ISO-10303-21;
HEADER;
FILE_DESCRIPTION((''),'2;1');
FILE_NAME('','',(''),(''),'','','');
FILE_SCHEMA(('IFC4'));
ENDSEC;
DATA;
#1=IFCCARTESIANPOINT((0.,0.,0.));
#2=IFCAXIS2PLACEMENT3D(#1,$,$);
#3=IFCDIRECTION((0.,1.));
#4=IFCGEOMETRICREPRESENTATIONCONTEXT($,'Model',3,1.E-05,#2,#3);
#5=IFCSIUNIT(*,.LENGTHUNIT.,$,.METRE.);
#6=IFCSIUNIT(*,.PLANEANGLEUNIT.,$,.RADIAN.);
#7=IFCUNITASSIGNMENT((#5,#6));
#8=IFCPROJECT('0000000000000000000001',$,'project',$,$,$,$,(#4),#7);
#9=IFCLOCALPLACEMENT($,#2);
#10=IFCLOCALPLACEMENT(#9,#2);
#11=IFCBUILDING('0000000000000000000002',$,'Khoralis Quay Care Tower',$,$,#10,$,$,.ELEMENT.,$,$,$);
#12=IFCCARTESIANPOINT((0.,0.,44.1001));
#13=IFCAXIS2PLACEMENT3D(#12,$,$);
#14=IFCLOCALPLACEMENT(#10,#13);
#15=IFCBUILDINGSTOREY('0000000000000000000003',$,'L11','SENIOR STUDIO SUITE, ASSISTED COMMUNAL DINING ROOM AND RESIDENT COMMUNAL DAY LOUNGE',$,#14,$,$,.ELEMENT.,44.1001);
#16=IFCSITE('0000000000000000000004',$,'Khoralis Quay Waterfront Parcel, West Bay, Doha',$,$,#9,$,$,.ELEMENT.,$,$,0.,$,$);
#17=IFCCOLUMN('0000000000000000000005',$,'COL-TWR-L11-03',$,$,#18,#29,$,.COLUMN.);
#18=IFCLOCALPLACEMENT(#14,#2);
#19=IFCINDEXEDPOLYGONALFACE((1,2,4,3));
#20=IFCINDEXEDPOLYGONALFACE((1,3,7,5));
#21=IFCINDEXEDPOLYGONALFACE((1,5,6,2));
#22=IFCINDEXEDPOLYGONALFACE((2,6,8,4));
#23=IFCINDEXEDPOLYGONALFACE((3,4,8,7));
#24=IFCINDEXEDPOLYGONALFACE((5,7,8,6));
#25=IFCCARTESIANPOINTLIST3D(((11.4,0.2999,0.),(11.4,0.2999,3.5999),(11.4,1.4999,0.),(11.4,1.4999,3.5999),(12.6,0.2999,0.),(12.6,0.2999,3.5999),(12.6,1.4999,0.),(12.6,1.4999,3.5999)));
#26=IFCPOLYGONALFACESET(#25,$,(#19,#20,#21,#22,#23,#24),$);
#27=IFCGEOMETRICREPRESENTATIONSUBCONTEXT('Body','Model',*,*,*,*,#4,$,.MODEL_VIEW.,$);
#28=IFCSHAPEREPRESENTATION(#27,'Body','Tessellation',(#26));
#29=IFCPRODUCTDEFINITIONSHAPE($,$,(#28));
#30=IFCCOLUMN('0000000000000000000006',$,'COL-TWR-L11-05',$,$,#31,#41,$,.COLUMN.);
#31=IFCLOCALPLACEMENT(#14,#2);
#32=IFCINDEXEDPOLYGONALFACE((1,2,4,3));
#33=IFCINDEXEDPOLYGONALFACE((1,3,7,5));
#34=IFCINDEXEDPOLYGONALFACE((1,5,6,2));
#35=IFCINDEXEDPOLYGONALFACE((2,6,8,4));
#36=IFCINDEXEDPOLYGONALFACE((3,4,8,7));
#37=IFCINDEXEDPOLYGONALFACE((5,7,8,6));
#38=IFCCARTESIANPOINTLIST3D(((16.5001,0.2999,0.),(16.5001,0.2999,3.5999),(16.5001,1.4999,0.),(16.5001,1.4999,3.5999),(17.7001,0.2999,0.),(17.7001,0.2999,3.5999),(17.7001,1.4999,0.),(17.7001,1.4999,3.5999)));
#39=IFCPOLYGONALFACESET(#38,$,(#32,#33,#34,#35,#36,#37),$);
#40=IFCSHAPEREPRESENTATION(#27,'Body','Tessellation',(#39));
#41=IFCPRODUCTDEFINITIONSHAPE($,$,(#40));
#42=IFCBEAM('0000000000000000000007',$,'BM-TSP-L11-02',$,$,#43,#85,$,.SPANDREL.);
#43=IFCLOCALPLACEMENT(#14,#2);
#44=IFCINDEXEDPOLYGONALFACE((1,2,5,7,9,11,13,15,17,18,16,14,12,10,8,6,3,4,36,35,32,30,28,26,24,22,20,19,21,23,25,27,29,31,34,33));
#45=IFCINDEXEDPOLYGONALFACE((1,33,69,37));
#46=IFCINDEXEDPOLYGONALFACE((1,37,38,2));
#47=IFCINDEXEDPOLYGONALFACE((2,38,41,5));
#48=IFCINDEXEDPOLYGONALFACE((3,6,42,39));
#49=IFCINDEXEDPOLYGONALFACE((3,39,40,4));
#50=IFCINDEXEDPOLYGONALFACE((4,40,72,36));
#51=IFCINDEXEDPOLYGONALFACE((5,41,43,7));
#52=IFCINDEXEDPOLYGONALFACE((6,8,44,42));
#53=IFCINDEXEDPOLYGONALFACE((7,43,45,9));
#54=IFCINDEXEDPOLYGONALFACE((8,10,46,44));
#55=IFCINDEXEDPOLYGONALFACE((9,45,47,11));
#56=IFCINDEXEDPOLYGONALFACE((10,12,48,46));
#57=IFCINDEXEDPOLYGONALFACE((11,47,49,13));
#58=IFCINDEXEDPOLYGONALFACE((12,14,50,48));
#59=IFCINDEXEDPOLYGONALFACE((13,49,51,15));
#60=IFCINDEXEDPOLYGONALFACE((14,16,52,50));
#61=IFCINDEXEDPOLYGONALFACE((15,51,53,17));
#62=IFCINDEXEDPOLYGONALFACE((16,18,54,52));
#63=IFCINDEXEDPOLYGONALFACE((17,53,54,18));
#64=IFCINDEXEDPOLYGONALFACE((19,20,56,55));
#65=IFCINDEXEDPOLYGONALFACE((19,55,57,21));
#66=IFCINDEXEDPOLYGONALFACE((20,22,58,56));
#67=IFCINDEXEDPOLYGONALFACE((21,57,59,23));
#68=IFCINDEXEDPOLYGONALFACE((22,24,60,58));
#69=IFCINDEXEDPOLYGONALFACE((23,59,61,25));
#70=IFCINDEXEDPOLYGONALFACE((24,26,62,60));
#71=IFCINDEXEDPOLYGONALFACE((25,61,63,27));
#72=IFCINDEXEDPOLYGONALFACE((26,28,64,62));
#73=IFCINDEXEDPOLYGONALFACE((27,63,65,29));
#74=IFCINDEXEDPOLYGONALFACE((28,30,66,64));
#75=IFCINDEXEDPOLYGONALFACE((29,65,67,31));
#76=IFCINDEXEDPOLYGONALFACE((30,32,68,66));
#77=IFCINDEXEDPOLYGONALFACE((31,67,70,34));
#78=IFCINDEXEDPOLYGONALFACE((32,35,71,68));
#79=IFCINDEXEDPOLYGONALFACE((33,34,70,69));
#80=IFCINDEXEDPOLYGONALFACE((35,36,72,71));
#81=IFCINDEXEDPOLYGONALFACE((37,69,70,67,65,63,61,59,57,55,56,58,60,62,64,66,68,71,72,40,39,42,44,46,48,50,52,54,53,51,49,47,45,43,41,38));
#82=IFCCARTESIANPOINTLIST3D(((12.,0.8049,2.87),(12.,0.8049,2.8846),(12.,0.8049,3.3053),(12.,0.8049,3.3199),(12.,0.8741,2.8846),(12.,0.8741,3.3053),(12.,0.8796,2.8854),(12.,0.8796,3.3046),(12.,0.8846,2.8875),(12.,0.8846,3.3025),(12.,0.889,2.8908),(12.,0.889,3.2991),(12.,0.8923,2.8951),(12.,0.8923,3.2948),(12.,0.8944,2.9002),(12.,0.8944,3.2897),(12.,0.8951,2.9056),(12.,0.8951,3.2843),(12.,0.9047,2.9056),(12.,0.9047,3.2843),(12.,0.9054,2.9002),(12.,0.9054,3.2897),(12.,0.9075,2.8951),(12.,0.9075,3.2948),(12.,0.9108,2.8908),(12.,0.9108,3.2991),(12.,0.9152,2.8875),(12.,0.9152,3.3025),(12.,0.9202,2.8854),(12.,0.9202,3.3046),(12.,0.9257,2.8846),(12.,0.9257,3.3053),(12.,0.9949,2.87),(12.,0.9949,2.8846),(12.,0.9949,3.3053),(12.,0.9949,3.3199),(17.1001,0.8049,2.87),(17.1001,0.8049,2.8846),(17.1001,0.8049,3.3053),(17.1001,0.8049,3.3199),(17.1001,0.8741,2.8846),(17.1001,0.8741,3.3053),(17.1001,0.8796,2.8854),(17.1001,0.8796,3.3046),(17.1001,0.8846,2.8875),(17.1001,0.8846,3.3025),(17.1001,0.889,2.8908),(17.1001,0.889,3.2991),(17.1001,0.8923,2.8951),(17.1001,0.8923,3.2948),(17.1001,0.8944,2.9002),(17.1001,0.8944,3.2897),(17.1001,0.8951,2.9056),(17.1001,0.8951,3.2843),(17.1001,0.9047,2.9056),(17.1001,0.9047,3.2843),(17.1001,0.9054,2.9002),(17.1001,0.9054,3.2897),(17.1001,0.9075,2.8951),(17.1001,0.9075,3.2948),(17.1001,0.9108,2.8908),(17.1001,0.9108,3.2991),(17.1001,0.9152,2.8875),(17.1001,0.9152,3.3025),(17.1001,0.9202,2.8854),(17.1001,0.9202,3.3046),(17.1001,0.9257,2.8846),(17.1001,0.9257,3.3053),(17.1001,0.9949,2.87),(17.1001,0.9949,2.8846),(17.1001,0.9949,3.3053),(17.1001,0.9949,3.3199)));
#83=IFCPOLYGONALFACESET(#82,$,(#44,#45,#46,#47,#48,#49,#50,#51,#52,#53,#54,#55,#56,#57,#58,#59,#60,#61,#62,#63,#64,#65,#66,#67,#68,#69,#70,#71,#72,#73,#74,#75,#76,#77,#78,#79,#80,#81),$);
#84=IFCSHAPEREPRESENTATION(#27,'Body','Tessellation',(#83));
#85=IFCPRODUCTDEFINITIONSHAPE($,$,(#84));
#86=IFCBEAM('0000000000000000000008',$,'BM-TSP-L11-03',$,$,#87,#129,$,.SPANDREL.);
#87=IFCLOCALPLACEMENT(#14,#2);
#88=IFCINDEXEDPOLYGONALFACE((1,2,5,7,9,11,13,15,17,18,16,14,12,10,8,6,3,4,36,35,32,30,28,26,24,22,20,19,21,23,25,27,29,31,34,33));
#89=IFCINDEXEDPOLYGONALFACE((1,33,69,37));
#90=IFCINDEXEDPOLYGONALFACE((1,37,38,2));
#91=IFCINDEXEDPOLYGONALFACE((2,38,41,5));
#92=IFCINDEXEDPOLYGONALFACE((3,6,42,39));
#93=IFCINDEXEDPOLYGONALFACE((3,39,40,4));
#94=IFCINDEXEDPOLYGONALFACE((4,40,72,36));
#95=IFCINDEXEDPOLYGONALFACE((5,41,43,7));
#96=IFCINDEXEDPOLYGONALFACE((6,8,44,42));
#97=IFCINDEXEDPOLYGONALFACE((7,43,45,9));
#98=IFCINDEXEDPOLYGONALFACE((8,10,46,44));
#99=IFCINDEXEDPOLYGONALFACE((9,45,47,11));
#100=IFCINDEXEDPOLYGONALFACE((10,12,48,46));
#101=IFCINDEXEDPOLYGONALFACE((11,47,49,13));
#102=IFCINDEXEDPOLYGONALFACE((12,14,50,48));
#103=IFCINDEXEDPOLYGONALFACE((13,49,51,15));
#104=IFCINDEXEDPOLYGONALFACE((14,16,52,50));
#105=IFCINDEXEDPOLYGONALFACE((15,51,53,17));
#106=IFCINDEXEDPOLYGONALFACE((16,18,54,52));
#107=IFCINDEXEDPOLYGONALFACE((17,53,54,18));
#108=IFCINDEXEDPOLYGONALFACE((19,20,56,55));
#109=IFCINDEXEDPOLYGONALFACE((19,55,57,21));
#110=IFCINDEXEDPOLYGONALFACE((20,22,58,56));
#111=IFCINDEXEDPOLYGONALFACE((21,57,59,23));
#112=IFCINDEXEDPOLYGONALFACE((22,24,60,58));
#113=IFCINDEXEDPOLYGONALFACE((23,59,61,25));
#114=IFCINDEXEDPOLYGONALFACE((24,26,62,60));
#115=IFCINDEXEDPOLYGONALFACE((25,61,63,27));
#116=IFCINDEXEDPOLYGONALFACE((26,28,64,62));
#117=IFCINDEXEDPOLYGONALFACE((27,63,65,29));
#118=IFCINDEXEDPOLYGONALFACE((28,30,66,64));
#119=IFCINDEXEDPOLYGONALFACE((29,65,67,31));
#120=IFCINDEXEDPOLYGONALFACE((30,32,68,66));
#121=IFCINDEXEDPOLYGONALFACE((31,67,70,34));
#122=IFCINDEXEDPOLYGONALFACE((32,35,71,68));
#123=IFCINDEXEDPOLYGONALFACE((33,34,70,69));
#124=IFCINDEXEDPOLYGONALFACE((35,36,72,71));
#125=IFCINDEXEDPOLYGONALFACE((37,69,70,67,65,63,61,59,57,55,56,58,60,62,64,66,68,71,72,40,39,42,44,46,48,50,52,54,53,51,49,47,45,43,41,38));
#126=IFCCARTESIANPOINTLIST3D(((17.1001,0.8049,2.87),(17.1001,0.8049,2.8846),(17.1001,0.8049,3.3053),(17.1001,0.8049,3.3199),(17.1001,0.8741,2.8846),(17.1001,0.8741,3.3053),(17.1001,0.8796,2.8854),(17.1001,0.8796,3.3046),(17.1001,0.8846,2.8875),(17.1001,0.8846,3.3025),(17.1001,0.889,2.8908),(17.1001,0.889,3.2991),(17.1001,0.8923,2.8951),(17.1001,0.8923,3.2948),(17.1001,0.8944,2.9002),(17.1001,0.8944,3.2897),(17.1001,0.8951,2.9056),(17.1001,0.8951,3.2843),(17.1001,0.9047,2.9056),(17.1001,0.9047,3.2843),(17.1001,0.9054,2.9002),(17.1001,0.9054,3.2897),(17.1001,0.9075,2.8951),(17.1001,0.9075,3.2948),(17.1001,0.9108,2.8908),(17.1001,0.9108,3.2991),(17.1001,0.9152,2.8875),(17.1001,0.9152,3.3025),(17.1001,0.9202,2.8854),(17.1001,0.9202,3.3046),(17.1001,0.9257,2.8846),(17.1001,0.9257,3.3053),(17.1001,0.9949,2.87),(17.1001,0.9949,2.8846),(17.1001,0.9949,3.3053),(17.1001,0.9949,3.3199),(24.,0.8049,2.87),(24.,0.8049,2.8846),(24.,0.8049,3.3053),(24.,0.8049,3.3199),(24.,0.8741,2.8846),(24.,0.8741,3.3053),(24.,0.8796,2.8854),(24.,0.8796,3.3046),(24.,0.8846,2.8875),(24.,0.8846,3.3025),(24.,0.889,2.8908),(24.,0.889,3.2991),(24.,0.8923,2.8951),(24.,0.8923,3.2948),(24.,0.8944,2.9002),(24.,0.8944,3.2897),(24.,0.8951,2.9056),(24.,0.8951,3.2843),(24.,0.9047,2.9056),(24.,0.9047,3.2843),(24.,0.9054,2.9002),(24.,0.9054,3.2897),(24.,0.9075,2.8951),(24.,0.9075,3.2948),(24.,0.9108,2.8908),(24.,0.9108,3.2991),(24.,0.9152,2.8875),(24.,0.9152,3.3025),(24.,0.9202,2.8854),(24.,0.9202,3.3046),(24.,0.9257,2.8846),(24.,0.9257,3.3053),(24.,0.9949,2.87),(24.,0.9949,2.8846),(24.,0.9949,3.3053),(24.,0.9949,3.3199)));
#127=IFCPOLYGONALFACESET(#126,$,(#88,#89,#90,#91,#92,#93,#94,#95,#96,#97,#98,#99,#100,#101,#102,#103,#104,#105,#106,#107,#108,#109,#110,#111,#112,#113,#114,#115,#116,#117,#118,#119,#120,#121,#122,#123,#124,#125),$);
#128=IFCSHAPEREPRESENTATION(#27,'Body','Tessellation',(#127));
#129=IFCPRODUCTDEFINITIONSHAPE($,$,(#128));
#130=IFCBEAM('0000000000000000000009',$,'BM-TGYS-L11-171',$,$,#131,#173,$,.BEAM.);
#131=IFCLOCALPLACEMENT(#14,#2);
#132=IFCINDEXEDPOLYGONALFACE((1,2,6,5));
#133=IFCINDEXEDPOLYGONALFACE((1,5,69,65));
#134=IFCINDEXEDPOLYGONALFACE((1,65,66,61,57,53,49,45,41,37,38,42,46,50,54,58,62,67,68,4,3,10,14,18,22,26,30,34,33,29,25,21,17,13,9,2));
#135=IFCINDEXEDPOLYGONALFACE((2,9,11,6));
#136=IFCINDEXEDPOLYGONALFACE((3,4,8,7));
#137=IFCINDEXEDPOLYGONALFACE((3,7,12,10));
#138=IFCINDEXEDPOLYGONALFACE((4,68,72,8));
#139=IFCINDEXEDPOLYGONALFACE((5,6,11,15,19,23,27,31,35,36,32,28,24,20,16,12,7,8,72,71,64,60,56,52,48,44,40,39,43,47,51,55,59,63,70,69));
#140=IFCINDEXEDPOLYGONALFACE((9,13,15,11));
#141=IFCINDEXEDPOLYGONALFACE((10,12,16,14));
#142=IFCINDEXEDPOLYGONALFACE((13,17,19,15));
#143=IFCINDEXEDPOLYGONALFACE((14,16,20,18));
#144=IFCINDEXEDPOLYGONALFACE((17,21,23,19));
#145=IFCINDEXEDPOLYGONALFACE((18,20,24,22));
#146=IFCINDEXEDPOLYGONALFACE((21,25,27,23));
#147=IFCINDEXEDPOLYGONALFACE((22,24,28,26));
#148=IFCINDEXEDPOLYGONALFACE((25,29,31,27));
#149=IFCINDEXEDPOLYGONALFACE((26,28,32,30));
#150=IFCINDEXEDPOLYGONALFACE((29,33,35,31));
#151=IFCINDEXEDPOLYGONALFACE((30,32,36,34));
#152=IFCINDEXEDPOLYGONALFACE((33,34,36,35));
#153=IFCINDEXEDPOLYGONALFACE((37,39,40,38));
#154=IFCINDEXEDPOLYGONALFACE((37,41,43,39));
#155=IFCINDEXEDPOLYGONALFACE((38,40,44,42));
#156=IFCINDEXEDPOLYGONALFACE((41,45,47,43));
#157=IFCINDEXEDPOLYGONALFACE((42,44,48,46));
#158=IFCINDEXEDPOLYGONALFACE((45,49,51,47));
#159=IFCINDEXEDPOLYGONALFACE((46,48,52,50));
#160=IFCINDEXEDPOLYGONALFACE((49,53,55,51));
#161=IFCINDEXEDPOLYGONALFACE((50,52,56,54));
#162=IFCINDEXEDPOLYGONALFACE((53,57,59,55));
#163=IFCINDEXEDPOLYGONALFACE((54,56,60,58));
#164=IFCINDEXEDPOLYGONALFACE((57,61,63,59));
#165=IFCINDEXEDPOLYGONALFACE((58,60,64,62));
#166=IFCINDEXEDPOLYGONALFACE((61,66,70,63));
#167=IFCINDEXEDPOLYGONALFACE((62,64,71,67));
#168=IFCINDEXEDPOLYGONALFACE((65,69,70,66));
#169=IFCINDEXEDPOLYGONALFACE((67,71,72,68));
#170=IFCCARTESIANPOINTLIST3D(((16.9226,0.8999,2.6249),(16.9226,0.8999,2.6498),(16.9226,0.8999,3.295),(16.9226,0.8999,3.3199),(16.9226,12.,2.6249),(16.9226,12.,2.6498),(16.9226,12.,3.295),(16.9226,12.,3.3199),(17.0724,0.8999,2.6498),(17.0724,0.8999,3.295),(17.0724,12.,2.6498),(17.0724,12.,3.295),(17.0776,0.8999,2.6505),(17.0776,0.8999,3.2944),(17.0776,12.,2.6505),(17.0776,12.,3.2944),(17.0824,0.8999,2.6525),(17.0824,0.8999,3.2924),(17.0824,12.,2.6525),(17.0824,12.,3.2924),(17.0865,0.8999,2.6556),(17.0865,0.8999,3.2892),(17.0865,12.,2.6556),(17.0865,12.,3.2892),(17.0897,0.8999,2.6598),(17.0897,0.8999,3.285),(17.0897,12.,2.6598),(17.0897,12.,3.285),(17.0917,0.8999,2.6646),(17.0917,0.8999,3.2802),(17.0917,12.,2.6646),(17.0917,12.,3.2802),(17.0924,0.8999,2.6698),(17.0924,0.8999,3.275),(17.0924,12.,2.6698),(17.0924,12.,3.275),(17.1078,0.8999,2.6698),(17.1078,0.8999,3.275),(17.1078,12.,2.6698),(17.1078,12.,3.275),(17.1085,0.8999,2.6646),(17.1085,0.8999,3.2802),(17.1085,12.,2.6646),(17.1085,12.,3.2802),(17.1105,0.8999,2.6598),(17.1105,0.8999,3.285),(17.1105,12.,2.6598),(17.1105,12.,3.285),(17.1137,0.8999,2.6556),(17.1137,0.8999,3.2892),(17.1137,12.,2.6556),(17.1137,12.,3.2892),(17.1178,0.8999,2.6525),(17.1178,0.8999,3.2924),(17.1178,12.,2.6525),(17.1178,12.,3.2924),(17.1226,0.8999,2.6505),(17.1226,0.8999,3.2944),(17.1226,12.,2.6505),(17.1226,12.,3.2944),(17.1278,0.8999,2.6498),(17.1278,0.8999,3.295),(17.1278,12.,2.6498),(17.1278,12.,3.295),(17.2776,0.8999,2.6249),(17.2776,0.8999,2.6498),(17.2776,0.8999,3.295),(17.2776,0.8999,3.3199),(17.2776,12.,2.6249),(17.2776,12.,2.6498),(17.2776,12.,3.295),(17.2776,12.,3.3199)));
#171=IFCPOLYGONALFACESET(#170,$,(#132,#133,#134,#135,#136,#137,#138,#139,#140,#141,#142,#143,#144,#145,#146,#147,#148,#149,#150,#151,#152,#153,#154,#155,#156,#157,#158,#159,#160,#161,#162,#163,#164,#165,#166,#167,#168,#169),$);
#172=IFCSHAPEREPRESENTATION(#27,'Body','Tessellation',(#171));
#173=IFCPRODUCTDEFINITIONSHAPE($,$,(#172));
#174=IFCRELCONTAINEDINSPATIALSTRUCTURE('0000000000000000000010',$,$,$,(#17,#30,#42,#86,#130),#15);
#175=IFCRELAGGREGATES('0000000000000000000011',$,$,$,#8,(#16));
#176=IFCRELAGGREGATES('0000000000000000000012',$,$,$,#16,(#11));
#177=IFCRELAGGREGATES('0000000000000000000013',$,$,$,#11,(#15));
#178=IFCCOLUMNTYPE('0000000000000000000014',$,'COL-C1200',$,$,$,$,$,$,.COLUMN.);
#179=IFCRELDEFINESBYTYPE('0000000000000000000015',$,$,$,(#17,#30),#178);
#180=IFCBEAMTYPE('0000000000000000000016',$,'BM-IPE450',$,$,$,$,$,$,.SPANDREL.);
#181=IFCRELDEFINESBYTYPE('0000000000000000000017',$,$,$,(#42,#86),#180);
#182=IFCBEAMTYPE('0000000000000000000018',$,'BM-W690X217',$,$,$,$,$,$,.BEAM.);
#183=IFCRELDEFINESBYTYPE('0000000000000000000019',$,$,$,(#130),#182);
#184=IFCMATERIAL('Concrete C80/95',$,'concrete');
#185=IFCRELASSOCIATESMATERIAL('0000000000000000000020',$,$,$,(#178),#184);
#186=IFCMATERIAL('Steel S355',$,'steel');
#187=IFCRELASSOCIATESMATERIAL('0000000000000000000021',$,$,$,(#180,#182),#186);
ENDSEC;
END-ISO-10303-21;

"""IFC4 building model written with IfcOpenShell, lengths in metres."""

from ifc_helpers import new_model, si_unit, direction, frame, origin, origin_2d, place, context, subcontext, project, spatial, rectangle, i_section, extrude, source, transform, mapped, material, material_profile, profile_set, type_object, element, save


model = new_model("IFC4")

# Units and contexts
model_context = context("Model", 3, precision=1e-05, world=origin(), true_north=direction((0.0, 1.0)))
body_context = subcontext(model_context, "Body", "Model", "MODEL_VIEW")
ifc_project = project(units=[si_unit("LENGTHUNIT", "METRE"), si_unit("PLANEANGLEUNIT", "RADIAN")], contexts=[model_context])

# Site, building, storey
site_placement = place(None, origin())
site = spatial("IfcSite", under=ifc_project, at=site_placement, Name="Khoralis Quay Waterfront Parcel, West Bay, Doha", CompositionType="ELEMENT", RefElevation=0.0)
building_placement = place(site_placement, origin())
building = spatial("IfcBuilding", under=site, at=building_placement, Name="Khoralis Quay Care Tower", CompositionType="ELEMENT")
storey_placement = place(building_placement, frame((0.0, 0.0, 44.1001)))
storey = spatial("IfcBuildingStorey", under=building, at=storey_placement, Name="L11", Description="SENIOR STUDIO SUITE, ASSISTED COMMUNAL DINING ROOM AND RESIDENT COMMUNAL DAY LOUNGE", CompositionType="ELEMENT", Elevation=44.1001)

# Columns
ifc_material_1 = material(Name="Concrete C80/95", Category="concrete")
ifc_material_profile_1 = material_profile(ifc_material_1, rectangle(XDim=1.2, YDim=1.2, at=origin_2d()), Name="Concrete C80/95")
ifc_profile_set_1 = profile_set([ifc_material_profile_1], Name="Concrete C80/95")
column_type = type_object("IfcColumnType", Name="COL-C1200", PredefinedType="COLUMN", material=ifc_profile_set_1)
shared_shape_1 = source(origin(), body_context, "Body", "SweptSolid", [
    extrude(rectangle(XDim=1.2, YDim=1.2, at=origin_2d()), origin(), (0.0, 0.0, 1.0), 3.5999),
])
for number, where, z_axis, x_axis, name in (
    (1, (12.0, 0.8999, 0.0), (0.0, 0.0, 1.0), (1.0, 0.0, 0.0), "COL-TWR-L11-03"),
    (2, (17.1001, 0.8999, 0.0), (0.0, 0.0, 1.0), (1.0, 0.0, 0.0), "COL-TWR-L11-05"),
):
    element("IfcColumn", number, at=place(storey_placement, frame(where, z_axis=z_axis, x_axis=x_axis)), inside=storey, type_object=column_type, Name=name, PredefinedType="COLUMN", context=body_context, shape_type="MappedRepresentation", body=[
        mapped(shared_shape_1, transform((0.0, 0.0, 0.0), scale=1.0)),
    ])

# Beams
ifc_material_2 = material(Name="Steel S355", Category="steel")
ifc_material_profile_2 = material_profile(ifc_material_2, i_section(OverallWidth=0.1899, OverallDepth=0.45, WebThickness=0.0095, FlangeThickness=0.0146, FilletRadius=0.021, at=origin_2d()), Name="Steel S355")
ifc_profile_set_2 = profile_set([ifc_material_profile_2], Name="Steel S355")
beam_type_1 = type_object("IfcBeamType", Name="BM-IPE450", PredefinedType="SPANDREL", material=ifc_profile_set_2)
shared_shape_2 = source(origin(), body_context, "Body", "SweptSolid", [
    extrude(i_section(OverallWidth=0.1899, OverallDepth=0.45, WebThickness=0.0095, FlangeThickness=0.0146, FilletRadius=0.021, at=origin_2d()), origin(), (0.0, 0.0, 1.0), 5.1001),
])
beam_1_placement = place(storey_placement, frame((12.0, 0.8999, 3.095), z_axis=(1.0, 0.0, 0.0), x_axis=(0.0, 1.0, 0.0)))
element("IfcBeam", 3, at=beam_1_placement, inside=storey, type_object=beam_type_1, Name="BM-TSP-L11-02", PredefinedType="SPANDREL", context=body_context, shape_type="MappedRepresentation", body=[
    mapped(shared_shape_2, transform((0.0, 0.0, 0.0), scale=1.0)),
])
shared_shape_3 = source(origin(), body_context, "Body", "SweptSolid", [
    extrude(i_section(OverallWidth=0.1899, OverallDepth=0.45, WebThickness=0.0095, FlangeThickness=0.0146, FilletRadius=0.021, at=origin_2d()), origin(), (0.0, 0.0, 1.0), 6.8999),
])
beam_2_placement = place(storey_placement, frame((17.1001, 0.8999, 3.095), z_axis=(1.0, 0.0, 0.0), x_axis=(0.0, 1.0, 0.0)))
element("IfcBeam", 4, at=beam_2_placement, inside=storey, type_object=beam_type_1, Name="BM-TSP-L11-03", PredefinedType="SPANDREL", context=body_context, shape_type="MappedRepresentation", body=[
    mapped(shared_shape_3, transform((0.0, 0.0, 0.0), scale=1.0)),
])
ifc_material_profile_3 = material_profile(ifc_material_2, i_section(OverallWidth=0.355, OverallDepth=0.6951, WebThickness=0.0154, FlangeThickness=0.0249, FilletRadius=0.02, at=origin_2d()), Name="Steel S355")
ifc_profile_set_3 = profile_set([ifc_material_profile_3], Name="Steel S355")
beam_type_2 = type_object("IfcBeamType", Name="BM-W690X217", PredefinedType="BEAM", material=ifc_profile_set_3)
shared_shape_4 = source(origin(), body_context, "Body", "SweptSolid", [
    extrude(i_section(OverallWidth=0.355, OverallDepth=0.6951, WebThickness=0.0154, FlangeThickness=0.0249, FilletRadius=0.02, at=origin_2d()), origin(), (0.0, 0.0, 1.0), 11.1001),
])
beam_3_placement = place(storey_placement, frame((17.1001, 0.8999, 2.9724), z_axis=(0.0, 1.0, 0.0), x_axis=(-1.0, 0.0, 0.0)))
element("IfcBeam", 5, at=beam_3_placement, inside=storey, type_object=beam_type_2, Name="BM-TGYS-L11-171", PredefinedType="BEAM", context=body_context, shape_type="MappedRepresentation", body=[
    mapped(shared_shape_4, transform((0.0, 0.0, 0.0), scale=1.0)),
])

save(model, "model.ifc")
